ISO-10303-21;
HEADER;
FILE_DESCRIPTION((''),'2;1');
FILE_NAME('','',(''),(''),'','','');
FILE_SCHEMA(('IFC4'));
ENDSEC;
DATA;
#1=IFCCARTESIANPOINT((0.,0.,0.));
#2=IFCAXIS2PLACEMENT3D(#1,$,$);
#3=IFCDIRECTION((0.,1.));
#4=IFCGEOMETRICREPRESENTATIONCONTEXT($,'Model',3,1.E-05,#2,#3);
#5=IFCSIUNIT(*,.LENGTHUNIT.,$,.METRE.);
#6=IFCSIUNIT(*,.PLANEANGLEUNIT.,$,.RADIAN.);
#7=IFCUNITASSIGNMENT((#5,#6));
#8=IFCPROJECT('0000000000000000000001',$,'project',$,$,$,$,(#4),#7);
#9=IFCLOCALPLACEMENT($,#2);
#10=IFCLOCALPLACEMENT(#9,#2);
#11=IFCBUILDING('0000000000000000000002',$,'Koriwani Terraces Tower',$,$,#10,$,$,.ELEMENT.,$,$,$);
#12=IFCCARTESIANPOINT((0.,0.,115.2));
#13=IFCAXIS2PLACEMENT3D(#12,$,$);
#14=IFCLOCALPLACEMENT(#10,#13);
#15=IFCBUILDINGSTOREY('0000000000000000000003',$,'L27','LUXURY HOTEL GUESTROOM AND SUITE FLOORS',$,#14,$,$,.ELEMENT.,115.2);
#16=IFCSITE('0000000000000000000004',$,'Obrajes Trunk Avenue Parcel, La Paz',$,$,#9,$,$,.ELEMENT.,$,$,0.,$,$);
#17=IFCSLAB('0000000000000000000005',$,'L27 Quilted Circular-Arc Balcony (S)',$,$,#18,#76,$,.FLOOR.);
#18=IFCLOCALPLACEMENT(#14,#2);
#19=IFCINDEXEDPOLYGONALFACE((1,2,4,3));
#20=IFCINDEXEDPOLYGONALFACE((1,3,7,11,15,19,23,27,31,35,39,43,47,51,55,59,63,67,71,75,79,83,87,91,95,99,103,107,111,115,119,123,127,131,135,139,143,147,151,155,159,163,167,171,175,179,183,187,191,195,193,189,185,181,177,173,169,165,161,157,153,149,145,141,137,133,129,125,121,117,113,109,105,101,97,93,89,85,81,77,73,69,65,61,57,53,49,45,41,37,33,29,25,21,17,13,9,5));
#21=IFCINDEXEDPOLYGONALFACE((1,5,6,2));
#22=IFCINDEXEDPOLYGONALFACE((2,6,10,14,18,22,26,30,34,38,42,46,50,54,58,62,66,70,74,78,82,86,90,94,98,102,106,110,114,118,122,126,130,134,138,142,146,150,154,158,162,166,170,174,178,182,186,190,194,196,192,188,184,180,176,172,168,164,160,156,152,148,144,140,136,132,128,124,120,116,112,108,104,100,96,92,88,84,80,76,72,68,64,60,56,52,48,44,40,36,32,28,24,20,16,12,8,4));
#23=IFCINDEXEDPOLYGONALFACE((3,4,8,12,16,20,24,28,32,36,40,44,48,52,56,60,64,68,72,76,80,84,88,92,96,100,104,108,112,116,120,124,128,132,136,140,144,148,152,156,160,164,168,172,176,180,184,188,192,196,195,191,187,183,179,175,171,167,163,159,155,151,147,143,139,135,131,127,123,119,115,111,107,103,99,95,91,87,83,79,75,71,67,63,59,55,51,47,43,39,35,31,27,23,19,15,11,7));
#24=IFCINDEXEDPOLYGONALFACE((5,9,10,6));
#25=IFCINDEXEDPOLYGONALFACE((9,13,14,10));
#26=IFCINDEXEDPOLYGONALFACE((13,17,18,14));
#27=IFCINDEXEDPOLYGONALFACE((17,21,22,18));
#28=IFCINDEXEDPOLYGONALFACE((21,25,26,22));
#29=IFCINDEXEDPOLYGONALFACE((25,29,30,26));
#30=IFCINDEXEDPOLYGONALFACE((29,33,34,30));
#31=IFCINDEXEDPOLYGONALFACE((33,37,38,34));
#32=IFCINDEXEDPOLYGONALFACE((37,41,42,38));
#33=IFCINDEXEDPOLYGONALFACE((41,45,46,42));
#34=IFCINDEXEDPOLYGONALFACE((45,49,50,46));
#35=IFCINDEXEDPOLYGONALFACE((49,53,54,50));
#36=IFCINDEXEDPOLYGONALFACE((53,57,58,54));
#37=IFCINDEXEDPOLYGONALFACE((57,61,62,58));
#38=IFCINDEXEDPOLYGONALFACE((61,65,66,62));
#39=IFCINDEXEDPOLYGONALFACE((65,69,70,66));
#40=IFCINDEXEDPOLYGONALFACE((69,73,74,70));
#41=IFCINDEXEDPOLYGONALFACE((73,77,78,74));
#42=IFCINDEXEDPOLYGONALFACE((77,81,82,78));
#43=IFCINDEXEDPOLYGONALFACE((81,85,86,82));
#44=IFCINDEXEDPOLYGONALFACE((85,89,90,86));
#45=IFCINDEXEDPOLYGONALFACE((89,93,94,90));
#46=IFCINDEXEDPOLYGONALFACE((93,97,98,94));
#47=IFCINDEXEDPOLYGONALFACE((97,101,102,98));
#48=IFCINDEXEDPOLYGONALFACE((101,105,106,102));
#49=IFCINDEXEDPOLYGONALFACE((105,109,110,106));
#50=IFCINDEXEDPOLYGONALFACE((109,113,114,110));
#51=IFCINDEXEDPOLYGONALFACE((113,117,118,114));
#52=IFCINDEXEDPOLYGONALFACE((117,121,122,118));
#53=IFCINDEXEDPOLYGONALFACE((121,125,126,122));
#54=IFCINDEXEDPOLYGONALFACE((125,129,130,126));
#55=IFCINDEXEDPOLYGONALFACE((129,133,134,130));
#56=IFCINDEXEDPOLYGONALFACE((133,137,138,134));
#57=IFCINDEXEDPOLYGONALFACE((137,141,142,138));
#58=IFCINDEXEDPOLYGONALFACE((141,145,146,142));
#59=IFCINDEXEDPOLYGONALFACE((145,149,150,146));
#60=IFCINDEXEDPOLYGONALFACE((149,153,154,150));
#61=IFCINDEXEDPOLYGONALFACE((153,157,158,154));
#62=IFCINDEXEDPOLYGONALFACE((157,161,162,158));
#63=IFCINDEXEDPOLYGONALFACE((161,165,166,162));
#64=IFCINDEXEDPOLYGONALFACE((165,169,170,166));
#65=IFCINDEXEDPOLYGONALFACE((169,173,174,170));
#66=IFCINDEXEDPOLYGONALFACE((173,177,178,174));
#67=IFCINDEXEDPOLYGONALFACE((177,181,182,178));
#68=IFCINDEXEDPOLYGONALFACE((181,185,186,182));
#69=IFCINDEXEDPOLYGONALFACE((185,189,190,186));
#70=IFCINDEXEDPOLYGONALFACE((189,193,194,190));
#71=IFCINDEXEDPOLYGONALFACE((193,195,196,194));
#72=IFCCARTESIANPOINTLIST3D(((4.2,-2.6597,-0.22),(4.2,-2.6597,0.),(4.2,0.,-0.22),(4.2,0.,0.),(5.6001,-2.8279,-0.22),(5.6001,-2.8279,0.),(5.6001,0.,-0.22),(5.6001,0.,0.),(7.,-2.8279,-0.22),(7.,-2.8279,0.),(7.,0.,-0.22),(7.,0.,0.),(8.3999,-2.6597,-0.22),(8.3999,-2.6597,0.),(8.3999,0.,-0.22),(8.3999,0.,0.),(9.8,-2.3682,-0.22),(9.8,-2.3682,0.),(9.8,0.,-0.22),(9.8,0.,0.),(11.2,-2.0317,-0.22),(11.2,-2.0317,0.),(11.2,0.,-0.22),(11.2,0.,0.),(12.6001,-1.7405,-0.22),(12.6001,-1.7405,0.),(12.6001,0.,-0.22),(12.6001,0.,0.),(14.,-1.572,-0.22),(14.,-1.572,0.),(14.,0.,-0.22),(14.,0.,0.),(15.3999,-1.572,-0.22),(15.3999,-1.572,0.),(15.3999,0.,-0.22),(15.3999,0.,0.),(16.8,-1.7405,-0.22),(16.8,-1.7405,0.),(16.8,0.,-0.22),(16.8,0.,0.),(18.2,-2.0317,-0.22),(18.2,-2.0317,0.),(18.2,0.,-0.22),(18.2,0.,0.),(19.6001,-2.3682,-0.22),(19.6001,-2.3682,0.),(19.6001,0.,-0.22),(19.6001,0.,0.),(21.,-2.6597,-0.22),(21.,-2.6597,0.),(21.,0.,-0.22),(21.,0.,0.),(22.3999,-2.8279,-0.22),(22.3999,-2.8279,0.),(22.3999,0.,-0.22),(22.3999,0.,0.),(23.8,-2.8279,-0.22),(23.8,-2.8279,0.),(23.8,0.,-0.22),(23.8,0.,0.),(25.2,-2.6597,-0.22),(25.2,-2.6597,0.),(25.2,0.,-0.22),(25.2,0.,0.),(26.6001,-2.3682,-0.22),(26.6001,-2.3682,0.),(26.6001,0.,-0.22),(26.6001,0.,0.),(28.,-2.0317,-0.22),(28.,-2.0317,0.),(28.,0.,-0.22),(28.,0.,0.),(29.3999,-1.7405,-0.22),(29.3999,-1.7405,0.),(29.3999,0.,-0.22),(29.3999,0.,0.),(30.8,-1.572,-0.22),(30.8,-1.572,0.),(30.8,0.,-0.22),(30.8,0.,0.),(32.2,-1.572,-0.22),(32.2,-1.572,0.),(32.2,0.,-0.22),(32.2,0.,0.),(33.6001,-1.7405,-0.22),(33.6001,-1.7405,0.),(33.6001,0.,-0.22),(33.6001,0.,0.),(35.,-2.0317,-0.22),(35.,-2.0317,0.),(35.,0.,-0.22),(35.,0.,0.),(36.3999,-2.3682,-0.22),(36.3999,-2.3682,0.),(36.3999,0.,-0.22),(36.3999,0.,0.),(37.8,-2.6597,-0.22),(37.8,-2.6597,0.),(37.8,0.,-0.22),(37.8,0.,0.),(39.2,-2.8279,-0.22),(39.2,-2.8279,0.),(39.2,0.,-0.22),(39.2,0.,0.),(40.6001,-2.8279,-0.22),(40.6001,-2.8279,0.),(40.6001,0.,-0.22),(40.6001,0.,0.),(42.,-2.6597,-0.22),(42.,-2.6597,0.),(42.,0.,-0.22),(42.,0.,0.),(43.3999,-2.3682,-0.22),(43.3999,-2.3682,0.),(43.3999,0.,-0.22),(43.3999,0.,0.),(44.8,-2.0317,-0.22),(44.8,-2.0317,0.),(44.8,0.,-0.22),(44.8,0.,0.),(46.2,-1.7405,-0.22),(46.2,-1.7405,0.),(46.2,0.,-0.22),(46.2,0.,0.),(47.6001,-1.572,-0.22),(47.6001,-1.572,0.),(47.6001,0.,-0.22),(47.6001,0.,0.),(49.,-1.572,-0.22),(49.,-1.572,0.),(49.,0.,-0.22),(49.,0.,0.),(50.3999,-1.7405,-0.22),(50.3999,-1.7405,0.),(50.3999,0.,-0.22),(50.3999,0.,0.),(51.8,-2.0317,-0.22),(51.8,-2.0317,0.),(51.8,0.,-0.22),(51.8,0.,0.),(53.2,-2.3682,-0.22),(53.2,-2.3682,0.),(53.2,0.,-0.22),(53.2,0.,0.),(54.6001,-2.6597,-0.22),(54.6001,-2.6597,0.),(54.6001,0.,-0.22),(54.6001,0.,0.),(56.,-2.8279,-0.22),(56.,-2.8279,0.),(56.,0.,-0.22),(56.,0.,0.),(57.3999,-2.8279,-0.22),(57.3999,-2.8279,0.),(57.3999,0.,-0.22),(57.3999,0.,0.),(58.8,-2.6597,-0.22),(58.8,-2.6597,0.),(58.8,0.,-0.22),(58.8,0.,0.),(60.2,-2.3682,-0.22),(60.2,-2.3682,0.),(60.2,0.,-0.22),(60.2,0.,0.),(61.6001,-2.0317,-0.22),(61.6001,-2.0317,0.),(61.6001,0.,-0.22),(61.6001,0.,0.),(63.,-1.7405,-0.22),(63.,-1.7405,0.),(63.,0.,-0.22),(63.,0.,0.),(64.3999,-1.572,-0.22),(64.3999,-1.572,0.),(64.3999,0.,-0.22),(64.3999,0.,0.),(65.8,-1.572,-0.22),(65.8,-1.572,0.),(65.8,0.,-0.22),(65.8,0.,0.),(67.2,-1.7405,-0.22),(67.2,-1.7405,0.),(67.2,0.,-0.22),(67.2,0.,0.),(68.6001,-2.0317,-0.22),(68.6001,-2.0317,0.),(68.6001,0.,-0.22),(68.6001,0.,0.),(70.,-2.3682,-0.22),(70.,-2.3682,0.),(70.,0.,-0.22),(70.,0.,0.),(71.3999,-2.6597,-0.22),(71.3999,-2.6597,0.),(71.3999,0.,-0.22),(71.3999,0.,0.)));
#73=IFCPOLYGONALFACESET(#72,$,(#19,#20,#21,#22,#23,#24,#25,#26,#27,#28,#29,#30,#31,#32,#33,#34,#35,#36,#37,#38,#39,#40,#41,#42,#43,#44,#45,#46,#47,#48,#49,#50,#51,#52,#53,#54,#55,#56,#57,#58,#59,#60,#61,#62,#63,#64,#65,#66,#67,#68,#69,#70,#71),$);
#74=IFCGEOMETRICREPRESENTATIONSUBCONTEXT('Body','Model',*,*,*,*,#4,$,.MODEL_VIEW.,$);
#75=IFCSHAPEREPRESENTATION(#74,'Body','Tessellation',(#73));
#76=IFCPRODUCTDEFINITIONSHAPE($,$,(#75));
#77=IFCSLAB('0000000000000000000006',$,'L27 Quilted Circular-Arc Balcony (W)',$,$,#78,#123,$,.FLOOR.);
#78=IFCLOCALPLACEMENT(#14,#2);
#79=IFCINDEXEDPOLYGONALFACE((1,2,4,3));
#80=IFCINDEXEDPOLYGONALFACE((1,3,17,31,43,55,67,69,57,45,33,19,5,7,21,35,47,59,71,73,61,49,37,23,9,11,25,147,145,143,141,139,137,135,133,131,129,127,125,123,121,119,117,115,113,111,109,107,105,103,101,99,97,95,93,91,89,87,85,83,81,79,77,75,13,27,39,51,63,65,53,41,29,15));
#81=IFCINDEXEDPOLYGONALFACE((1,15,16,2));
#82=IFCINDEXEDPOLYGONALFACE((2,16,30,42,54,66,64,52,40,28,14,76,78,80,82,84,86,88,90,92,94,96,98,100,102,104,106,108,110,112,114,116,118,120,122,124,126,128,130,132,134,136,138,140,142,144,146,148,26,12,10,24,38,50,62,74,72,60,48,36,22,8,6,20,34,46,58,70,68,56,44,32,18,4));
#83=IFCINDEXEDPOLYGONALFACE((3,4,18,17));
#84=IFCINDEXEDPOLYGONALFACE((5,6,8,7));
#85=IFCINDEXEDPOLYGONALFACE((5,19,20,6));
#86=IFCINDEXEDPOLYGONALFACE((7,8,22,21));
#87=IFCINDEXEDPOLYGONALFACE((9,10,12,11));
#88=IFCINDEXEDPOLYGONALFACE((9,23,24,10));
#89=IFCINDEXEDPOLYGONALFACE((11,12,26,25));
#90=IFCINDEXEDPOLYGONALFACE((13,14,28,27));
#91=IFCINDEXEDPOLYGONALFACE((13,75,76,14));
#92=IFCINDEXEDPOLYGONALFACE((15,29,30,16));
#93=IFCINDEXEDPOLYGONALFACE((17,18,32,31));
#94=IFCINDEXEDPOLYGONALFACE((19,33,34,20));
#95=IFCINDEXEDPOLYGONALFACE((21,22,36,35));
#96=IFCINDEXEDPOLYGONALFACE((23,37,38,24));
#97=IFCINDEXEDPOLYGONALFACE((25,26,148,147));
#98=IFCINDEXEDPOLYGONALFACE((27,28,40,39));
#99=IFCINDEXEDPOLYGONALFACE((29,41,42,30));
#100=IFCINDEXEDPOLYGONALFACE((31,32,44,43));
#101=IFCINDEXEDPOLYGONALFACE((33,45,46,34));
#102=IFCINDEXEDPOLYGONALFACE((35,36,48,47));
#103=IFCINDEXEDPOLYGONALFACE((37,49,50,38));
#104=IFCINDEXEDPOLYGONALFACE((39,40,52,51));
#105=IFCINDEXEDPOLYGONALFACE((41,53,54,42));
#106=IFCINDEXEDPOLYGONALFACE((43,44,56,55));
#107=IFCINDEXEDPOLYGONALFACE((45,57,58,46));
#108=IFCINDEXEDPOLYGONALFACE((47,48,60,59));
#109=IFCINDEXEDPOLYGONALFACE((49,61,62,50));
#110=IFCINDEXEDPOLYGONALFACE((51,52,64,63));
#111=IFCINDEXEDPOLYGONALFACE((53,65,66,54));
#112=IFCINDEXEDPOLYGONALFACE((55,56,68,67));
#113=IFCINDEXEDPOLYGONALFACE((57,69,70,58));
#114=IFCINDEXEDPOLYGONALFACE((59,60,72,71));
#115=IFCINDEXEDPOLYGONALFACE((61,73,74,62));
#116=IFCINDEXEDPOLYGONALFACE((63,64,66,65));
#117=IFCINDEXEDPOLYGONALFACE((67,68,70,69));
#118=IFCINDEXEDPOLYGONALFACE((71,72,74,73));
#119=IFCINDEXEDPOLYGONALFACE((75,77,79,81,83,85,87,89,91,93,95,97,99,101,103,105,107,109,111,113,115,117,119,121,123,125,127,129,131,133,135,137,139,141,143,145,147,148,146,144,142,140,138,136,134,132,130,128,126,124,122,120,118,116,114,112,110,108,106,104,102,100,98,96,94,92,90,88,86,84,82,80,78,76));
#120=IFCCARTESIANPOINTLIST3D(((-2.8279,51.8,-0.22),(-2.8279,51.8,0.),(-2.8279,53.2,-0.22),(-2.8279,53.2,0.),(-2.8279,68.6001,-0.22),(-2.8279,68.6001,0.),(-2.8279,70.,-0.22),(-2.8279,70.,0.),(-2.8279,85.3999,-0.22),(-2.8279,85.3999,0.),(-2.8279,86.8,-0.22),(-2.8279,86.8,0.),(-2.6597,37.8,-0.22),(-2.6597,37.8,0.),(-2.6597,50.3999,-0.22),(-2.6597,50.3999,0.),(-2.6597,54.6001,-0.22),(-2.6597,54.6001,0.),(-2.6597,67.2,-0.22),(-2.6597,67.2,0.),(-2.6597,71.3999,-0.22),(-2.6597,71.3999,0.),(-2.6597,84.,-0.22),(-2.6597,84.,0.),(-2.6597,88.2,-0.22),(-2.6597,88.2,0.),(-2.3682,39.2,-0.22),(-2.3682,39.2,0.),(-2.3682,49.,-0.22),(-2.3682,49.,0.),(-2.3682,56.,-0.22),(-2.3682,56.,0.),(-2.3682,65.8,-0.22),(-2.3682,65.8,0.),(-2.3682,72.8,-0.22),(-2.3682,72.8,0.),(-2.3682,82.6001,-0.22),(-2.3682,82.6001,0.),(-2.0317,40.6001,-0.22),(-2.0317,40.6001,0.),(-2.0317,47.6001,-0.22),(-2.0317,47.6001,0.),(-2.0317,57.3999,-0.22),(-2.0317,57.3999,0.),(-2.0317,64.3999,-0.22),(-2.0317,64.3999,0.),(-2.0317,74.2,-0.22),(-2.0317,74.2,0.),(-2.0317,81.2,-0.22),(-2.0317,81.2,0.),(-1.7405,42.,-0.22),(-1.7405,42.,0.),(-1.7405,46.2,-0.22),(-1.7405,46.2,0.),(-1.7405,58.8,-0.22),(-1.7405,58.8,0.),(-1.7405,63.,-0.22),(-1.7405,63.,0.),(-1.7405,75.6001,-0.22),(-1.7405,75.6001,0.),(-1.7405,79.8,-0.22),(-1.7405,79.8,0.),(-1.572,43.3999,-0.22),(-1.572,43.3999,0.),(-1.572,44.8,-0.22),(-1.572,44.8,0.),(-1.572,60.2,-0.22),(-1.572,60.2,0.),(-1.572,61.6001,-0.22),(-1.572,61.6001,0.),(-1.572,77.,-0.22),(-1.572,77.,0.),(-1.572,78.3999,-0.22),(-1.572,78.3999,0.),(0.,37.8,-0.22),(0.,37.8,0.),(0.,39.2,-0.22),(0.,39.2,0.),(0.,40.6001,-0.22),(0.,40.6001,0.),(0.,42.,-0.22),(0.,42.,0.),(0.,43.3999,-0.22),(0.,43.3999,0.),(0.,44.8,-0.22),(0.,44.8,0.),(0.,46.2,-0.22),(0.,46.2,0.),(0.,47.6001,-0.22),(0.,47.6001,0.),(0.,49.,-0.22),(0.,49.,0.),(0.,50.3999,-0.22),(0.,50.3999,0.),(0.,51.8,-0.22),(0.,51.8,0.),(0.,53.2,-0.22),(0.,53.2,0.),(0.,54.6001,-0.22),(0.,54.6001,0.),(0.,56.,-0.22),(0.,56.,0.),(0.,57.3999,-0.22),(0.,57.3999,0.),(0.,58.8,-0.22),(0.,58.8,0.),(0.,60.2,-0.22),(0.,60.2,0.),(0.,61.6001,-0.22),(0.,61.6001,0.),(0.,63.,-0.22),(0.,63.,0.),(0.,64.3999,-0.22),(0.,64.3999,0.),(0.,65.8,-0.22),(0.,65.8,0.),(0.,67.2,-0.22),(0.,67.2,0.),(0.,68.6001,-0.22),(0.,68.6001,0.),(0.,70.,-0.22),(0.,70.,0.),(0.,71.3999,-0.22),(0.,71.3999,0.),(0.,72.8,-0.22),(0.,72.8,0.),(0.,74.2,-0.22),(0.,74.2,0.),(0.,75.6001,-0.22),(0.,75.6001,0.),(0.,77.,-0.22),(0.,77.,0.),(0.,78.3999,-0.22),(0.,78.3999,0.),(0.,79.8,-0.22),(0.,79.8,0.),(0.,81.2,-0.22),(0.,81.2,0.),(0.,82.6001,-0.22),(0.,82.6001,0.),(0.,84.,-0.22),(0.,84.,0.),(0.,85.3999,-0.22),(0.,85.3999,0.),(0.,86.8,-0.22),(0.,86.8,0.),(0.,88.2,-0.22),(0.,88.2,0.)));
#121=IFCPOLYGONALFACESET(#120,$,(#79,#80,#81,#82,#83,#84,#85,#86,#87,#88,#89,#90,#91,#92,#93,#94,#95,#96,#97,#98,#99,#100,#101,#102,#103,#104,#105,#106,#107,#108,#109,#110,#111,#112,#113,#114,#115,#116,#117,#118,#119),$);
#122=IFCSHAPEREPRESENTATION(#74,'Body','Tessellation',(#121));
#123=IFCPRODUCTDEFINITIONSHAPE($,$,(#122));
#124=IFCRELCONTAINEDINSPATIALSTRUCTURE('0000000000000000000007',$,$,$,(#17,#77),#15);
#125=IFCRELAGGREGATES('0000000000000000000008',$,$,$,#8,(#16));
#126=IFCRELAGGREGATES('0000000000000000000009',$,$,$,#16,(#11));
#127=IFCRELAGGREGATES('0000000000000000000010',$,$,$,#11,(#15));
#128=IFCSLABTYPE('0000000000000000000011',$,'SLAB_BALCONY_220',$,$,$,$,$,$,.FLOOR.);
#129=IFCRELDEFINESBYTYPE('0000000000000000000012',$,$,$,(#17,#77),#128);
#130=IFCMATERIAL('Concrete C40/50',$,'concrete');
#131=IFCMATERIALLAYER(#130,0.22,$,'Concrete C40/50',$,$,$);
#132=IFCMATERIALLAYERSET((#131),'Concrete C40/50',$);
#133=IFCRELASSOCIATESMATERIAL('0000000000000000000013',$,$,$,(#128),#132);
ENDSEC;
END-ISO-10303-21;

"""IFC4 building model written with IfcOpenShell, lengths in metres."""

from ifc_helpers import new_model, si_unit, direction, frame, origin, place, context, subcontext, project, spatial, polyline, outline, extrude, material, layer, layer_set, type_object, element, save


model = new_model("IFC4")

# Units and contexts
model_context = context("Model", 3, precision=1e-05, world=origin(), true_north=direction((0.0, 1.0)))
body_context = subcontext(model_context, "Body", "Model", "MODEL_VIEW")
ifc_project = project(units=[si_unit("LENGTHUNIT", "METRE"), si_unit("PLANEANGLEUNIT", "RADIAN")], contexts=[model_context])

# Site, building, storey
site_placement = place(None, origin())
site = spatial("IfcSite", under=ifc_project, at=site_placement, Name="Obrajes Trunk Avenue Parcel, La Paz", CompositionType="ELEMENT", RefElevation=0.0)
building_placement = place(site_placement, origin())
building = spatial("IfcBuilding", under=site, at=building_placement, Name="Koriwani Terraces Tower", CompositionType="ELEMENT")
storey_placement = place(building_placement, frame((0.0, 0.0, 115.2)))
storey = spatial("IfcBuildingStorey", under=building, at=storey_placement, Name="L27", Description="LUXURY HOTEL GUESTROOM AND SUITE FLOORS", CompositionType="ELEMENT", Elevation=115.2)

# Shared definitions
ifc_material_1 = material(Name="Concrete C40/50", Category="concrete")

# Slabs
ifc_layer_1 = layer(ifc_material_1, 0.22, Name="Concrete C40/50")
ifc_layer_set_1 = layer_set([ifc_layer_1], Name="Concrete C40/50")
slab_type_1 = type_object("IfcSlabType", Name="SLAB_BALCONY_220", PredefinedType="FLOOR", material=ifc_layer_set_1)
slab_1_placement = place(storey_placement, frame((0.0, 0.0, -0.22)))
element("IfcSlab", 1, at=slab_1_placement, inside=storey, type_object=slab_type_1, Name="L27 Quilted Circular-Arc Balcony (S)", PredefinedType="FLOOR", context=body_context, shape_type="SweptSolid", body=[
    extrude(outline(polyline([(4.2, 0.0), (5.6001, 0.0), (7.0, 0.0), (8.3999, 0.0), (9.8, 0.0), (11.2, 0.0), (12.6001, 0.0), (14.0, 0.0), (15.3999, 0.0), (16.8, 0.0), (18.2, 0.0), (19.6001, 0.0), (21.0, 0.0), (22.3999, 0.0), (23.8, 0.0), (25.2, 0.0), (26.6001, 0.0), (28.0, 0.0), (29.3999, 0.0), (30.8, 0.0), (32.2, 0.0), (33.6001, 0.0), (35.0, 0.0), (36.3999, 0.0), (37.8, 0.0), (39.2, 0.0), (40.6001, 0.0), (42.0, 0.0), (43.3999, 0.0), (44.8, 0.0), (46.2, 0.0), (47.6001, 0.0), (49.0, 0.0), (50.3999, 0.0), (51.8, 0.0), (53.2, 0.0), (54.6001, 0.0), (56.0, 0.0), (57.3999, 0.0), (58.8, 0.0), (60.2, 0.0), (61.6001, 0.0), (63.0, 0.0), (64.3999, 0.0), (65.8, 0.0), (67.2, 0.0), (68.6001, 0.0), (70.0, 0.0), (71.3999, 0.0), (71.3999, -2.6597), (70.0, -2.3682), (68.6001, -2.0317), (67.2, -1.7405), (65.8, -1.572), (64.3999, -1.572), (63.0, -1.7405), (61.6001, -2.0317), (60.2, -2.3682), (58.8, -2.6597), (57.3999, -2.8279), (56.0, -2.8279), (54.6001, -2.6597), (53.2, -2.3682), (51.8, -2.0317), (50.3999, -1.7405), (49.0, -1.572), (47.6001, -1.572), (46.2, -1.7405), (44.8, -2.0317), (43.3999, -2.3682), (42.0, -2.6597), (40.6001, -2.8279), (39.2, -2.8279), (37.8, -2.6597), (36.3999, -2.3682), (35.0, -2.0317), (33.6001, -1.7405), (32.2, -1.572), (30.8, -1.572), (29.3999, -1.7405), (28.0, -2.0317), (26.6001, -2.3682), (25.2, -2.6597), (23.8, -2.8279), (22.3999, -2.8279), (21.0, -2.6597), (19.6001, -2.3682), (18.2, -2.0317), (16.8, -1.7405), (15.3999, -1.572), (14.0, -1.572), (12.6001, -1.7405), (11.2, -2.0317), (9.8, -2.3682), (8.3999, -2.6597), (7.0, -2.8279), (5.6001, -2.8279), (4.2, -2.6597), (4.2, 0.0)])), origin(), (0.0, 0.0, 1.0), 0.22),
])
slab_2_placement = place(storey_placement, frame((0.0, 0.0, -0.22)))
element("IfcSlab", 2, at=slab_2_placement, inside=storey, type_object=slab_type_1, Name="L27 Quilted Circular-Arc Balcony (W)", PredefinedType="FLOOR", context=body_context, shape_type="SweptSolid", body=[
    extrude(outline(polyline([(0.0, 37.8), (0.0, 39.2), (0.0, 40.6001), (0.0, 42.0), (0.0, 43.3999), (0.0, 44.8), (0.0, 46.2), (0.0, 47.6001), (0.0, 49.0), (0.0, 50.3999), (0.0, 51.8), (0.0, 53.2), (0.0, 54.6001), (0.0, 56.0), (0.0, 57.3999), (0.0, 58.8), (0.0, 60.2), (0.0, 61.6001), (0.0, 63.0), (0.0, 64.3999), (0.0, 65.8), (0.0, 67.2), (0.0, 68.6001), (0.0, 70.0), (0.0, 71.3999), (0.0, 72.8), (0.0, 74.2), (0.0, 75.6001), (0.0, 77.0), (0.0, 78.3999), (0.0, 79.8), (0.0, 81.2), (0.0, 82.6001), (0.0, 84.0), (0.0, 85.3999), (0.0, 86.8), (0.0, 88.2), (-2.6597, 88.2), (-2.8279, 86.8), (-2.8279, 85.3999), (-2.6597, 84.0), (-2.3682, 82.6001), (-2.0317, 81.2), (-1.7405, 79.8), (-1.572, 78.3999), (-1.572, 77.0), (-1.7405, 75.6001), (-2.0317, 74.2), (-2.3682, 72.8), (-2.6597, 71.3999), (-2.8279, 70.0), (-2.8279, 68.6001), (-2.6597, 67.2), (-2.3682, 65.8), (-2.0317, 64.3999), (-1.7405, 63.0), (-1.572, 61.6001), (-1.572, 60.2), (-1.7405, 58.8), (-2.0317, 57.3999), (-2.3682, 56.0), (-2.6597, 54.6001), (-2.8279, 53.2), (-2.8279, 51.8), (-2.6597, 50.3999), (-2.3682, 49.0), (-2.0317, 47.6001), (-1.7405, 46.2), (-1.572, 44.8), (-1.572, 43.3999), (-1.7405, 42.0), (-2.0317, 40.6001), (-2.3682, 39.2), (-2.6597, 37.8), (0.0, 37.8)])), origin(), (0.0, 0.0, 1.0), 0.22),
])

save(model, "model.ifc")
